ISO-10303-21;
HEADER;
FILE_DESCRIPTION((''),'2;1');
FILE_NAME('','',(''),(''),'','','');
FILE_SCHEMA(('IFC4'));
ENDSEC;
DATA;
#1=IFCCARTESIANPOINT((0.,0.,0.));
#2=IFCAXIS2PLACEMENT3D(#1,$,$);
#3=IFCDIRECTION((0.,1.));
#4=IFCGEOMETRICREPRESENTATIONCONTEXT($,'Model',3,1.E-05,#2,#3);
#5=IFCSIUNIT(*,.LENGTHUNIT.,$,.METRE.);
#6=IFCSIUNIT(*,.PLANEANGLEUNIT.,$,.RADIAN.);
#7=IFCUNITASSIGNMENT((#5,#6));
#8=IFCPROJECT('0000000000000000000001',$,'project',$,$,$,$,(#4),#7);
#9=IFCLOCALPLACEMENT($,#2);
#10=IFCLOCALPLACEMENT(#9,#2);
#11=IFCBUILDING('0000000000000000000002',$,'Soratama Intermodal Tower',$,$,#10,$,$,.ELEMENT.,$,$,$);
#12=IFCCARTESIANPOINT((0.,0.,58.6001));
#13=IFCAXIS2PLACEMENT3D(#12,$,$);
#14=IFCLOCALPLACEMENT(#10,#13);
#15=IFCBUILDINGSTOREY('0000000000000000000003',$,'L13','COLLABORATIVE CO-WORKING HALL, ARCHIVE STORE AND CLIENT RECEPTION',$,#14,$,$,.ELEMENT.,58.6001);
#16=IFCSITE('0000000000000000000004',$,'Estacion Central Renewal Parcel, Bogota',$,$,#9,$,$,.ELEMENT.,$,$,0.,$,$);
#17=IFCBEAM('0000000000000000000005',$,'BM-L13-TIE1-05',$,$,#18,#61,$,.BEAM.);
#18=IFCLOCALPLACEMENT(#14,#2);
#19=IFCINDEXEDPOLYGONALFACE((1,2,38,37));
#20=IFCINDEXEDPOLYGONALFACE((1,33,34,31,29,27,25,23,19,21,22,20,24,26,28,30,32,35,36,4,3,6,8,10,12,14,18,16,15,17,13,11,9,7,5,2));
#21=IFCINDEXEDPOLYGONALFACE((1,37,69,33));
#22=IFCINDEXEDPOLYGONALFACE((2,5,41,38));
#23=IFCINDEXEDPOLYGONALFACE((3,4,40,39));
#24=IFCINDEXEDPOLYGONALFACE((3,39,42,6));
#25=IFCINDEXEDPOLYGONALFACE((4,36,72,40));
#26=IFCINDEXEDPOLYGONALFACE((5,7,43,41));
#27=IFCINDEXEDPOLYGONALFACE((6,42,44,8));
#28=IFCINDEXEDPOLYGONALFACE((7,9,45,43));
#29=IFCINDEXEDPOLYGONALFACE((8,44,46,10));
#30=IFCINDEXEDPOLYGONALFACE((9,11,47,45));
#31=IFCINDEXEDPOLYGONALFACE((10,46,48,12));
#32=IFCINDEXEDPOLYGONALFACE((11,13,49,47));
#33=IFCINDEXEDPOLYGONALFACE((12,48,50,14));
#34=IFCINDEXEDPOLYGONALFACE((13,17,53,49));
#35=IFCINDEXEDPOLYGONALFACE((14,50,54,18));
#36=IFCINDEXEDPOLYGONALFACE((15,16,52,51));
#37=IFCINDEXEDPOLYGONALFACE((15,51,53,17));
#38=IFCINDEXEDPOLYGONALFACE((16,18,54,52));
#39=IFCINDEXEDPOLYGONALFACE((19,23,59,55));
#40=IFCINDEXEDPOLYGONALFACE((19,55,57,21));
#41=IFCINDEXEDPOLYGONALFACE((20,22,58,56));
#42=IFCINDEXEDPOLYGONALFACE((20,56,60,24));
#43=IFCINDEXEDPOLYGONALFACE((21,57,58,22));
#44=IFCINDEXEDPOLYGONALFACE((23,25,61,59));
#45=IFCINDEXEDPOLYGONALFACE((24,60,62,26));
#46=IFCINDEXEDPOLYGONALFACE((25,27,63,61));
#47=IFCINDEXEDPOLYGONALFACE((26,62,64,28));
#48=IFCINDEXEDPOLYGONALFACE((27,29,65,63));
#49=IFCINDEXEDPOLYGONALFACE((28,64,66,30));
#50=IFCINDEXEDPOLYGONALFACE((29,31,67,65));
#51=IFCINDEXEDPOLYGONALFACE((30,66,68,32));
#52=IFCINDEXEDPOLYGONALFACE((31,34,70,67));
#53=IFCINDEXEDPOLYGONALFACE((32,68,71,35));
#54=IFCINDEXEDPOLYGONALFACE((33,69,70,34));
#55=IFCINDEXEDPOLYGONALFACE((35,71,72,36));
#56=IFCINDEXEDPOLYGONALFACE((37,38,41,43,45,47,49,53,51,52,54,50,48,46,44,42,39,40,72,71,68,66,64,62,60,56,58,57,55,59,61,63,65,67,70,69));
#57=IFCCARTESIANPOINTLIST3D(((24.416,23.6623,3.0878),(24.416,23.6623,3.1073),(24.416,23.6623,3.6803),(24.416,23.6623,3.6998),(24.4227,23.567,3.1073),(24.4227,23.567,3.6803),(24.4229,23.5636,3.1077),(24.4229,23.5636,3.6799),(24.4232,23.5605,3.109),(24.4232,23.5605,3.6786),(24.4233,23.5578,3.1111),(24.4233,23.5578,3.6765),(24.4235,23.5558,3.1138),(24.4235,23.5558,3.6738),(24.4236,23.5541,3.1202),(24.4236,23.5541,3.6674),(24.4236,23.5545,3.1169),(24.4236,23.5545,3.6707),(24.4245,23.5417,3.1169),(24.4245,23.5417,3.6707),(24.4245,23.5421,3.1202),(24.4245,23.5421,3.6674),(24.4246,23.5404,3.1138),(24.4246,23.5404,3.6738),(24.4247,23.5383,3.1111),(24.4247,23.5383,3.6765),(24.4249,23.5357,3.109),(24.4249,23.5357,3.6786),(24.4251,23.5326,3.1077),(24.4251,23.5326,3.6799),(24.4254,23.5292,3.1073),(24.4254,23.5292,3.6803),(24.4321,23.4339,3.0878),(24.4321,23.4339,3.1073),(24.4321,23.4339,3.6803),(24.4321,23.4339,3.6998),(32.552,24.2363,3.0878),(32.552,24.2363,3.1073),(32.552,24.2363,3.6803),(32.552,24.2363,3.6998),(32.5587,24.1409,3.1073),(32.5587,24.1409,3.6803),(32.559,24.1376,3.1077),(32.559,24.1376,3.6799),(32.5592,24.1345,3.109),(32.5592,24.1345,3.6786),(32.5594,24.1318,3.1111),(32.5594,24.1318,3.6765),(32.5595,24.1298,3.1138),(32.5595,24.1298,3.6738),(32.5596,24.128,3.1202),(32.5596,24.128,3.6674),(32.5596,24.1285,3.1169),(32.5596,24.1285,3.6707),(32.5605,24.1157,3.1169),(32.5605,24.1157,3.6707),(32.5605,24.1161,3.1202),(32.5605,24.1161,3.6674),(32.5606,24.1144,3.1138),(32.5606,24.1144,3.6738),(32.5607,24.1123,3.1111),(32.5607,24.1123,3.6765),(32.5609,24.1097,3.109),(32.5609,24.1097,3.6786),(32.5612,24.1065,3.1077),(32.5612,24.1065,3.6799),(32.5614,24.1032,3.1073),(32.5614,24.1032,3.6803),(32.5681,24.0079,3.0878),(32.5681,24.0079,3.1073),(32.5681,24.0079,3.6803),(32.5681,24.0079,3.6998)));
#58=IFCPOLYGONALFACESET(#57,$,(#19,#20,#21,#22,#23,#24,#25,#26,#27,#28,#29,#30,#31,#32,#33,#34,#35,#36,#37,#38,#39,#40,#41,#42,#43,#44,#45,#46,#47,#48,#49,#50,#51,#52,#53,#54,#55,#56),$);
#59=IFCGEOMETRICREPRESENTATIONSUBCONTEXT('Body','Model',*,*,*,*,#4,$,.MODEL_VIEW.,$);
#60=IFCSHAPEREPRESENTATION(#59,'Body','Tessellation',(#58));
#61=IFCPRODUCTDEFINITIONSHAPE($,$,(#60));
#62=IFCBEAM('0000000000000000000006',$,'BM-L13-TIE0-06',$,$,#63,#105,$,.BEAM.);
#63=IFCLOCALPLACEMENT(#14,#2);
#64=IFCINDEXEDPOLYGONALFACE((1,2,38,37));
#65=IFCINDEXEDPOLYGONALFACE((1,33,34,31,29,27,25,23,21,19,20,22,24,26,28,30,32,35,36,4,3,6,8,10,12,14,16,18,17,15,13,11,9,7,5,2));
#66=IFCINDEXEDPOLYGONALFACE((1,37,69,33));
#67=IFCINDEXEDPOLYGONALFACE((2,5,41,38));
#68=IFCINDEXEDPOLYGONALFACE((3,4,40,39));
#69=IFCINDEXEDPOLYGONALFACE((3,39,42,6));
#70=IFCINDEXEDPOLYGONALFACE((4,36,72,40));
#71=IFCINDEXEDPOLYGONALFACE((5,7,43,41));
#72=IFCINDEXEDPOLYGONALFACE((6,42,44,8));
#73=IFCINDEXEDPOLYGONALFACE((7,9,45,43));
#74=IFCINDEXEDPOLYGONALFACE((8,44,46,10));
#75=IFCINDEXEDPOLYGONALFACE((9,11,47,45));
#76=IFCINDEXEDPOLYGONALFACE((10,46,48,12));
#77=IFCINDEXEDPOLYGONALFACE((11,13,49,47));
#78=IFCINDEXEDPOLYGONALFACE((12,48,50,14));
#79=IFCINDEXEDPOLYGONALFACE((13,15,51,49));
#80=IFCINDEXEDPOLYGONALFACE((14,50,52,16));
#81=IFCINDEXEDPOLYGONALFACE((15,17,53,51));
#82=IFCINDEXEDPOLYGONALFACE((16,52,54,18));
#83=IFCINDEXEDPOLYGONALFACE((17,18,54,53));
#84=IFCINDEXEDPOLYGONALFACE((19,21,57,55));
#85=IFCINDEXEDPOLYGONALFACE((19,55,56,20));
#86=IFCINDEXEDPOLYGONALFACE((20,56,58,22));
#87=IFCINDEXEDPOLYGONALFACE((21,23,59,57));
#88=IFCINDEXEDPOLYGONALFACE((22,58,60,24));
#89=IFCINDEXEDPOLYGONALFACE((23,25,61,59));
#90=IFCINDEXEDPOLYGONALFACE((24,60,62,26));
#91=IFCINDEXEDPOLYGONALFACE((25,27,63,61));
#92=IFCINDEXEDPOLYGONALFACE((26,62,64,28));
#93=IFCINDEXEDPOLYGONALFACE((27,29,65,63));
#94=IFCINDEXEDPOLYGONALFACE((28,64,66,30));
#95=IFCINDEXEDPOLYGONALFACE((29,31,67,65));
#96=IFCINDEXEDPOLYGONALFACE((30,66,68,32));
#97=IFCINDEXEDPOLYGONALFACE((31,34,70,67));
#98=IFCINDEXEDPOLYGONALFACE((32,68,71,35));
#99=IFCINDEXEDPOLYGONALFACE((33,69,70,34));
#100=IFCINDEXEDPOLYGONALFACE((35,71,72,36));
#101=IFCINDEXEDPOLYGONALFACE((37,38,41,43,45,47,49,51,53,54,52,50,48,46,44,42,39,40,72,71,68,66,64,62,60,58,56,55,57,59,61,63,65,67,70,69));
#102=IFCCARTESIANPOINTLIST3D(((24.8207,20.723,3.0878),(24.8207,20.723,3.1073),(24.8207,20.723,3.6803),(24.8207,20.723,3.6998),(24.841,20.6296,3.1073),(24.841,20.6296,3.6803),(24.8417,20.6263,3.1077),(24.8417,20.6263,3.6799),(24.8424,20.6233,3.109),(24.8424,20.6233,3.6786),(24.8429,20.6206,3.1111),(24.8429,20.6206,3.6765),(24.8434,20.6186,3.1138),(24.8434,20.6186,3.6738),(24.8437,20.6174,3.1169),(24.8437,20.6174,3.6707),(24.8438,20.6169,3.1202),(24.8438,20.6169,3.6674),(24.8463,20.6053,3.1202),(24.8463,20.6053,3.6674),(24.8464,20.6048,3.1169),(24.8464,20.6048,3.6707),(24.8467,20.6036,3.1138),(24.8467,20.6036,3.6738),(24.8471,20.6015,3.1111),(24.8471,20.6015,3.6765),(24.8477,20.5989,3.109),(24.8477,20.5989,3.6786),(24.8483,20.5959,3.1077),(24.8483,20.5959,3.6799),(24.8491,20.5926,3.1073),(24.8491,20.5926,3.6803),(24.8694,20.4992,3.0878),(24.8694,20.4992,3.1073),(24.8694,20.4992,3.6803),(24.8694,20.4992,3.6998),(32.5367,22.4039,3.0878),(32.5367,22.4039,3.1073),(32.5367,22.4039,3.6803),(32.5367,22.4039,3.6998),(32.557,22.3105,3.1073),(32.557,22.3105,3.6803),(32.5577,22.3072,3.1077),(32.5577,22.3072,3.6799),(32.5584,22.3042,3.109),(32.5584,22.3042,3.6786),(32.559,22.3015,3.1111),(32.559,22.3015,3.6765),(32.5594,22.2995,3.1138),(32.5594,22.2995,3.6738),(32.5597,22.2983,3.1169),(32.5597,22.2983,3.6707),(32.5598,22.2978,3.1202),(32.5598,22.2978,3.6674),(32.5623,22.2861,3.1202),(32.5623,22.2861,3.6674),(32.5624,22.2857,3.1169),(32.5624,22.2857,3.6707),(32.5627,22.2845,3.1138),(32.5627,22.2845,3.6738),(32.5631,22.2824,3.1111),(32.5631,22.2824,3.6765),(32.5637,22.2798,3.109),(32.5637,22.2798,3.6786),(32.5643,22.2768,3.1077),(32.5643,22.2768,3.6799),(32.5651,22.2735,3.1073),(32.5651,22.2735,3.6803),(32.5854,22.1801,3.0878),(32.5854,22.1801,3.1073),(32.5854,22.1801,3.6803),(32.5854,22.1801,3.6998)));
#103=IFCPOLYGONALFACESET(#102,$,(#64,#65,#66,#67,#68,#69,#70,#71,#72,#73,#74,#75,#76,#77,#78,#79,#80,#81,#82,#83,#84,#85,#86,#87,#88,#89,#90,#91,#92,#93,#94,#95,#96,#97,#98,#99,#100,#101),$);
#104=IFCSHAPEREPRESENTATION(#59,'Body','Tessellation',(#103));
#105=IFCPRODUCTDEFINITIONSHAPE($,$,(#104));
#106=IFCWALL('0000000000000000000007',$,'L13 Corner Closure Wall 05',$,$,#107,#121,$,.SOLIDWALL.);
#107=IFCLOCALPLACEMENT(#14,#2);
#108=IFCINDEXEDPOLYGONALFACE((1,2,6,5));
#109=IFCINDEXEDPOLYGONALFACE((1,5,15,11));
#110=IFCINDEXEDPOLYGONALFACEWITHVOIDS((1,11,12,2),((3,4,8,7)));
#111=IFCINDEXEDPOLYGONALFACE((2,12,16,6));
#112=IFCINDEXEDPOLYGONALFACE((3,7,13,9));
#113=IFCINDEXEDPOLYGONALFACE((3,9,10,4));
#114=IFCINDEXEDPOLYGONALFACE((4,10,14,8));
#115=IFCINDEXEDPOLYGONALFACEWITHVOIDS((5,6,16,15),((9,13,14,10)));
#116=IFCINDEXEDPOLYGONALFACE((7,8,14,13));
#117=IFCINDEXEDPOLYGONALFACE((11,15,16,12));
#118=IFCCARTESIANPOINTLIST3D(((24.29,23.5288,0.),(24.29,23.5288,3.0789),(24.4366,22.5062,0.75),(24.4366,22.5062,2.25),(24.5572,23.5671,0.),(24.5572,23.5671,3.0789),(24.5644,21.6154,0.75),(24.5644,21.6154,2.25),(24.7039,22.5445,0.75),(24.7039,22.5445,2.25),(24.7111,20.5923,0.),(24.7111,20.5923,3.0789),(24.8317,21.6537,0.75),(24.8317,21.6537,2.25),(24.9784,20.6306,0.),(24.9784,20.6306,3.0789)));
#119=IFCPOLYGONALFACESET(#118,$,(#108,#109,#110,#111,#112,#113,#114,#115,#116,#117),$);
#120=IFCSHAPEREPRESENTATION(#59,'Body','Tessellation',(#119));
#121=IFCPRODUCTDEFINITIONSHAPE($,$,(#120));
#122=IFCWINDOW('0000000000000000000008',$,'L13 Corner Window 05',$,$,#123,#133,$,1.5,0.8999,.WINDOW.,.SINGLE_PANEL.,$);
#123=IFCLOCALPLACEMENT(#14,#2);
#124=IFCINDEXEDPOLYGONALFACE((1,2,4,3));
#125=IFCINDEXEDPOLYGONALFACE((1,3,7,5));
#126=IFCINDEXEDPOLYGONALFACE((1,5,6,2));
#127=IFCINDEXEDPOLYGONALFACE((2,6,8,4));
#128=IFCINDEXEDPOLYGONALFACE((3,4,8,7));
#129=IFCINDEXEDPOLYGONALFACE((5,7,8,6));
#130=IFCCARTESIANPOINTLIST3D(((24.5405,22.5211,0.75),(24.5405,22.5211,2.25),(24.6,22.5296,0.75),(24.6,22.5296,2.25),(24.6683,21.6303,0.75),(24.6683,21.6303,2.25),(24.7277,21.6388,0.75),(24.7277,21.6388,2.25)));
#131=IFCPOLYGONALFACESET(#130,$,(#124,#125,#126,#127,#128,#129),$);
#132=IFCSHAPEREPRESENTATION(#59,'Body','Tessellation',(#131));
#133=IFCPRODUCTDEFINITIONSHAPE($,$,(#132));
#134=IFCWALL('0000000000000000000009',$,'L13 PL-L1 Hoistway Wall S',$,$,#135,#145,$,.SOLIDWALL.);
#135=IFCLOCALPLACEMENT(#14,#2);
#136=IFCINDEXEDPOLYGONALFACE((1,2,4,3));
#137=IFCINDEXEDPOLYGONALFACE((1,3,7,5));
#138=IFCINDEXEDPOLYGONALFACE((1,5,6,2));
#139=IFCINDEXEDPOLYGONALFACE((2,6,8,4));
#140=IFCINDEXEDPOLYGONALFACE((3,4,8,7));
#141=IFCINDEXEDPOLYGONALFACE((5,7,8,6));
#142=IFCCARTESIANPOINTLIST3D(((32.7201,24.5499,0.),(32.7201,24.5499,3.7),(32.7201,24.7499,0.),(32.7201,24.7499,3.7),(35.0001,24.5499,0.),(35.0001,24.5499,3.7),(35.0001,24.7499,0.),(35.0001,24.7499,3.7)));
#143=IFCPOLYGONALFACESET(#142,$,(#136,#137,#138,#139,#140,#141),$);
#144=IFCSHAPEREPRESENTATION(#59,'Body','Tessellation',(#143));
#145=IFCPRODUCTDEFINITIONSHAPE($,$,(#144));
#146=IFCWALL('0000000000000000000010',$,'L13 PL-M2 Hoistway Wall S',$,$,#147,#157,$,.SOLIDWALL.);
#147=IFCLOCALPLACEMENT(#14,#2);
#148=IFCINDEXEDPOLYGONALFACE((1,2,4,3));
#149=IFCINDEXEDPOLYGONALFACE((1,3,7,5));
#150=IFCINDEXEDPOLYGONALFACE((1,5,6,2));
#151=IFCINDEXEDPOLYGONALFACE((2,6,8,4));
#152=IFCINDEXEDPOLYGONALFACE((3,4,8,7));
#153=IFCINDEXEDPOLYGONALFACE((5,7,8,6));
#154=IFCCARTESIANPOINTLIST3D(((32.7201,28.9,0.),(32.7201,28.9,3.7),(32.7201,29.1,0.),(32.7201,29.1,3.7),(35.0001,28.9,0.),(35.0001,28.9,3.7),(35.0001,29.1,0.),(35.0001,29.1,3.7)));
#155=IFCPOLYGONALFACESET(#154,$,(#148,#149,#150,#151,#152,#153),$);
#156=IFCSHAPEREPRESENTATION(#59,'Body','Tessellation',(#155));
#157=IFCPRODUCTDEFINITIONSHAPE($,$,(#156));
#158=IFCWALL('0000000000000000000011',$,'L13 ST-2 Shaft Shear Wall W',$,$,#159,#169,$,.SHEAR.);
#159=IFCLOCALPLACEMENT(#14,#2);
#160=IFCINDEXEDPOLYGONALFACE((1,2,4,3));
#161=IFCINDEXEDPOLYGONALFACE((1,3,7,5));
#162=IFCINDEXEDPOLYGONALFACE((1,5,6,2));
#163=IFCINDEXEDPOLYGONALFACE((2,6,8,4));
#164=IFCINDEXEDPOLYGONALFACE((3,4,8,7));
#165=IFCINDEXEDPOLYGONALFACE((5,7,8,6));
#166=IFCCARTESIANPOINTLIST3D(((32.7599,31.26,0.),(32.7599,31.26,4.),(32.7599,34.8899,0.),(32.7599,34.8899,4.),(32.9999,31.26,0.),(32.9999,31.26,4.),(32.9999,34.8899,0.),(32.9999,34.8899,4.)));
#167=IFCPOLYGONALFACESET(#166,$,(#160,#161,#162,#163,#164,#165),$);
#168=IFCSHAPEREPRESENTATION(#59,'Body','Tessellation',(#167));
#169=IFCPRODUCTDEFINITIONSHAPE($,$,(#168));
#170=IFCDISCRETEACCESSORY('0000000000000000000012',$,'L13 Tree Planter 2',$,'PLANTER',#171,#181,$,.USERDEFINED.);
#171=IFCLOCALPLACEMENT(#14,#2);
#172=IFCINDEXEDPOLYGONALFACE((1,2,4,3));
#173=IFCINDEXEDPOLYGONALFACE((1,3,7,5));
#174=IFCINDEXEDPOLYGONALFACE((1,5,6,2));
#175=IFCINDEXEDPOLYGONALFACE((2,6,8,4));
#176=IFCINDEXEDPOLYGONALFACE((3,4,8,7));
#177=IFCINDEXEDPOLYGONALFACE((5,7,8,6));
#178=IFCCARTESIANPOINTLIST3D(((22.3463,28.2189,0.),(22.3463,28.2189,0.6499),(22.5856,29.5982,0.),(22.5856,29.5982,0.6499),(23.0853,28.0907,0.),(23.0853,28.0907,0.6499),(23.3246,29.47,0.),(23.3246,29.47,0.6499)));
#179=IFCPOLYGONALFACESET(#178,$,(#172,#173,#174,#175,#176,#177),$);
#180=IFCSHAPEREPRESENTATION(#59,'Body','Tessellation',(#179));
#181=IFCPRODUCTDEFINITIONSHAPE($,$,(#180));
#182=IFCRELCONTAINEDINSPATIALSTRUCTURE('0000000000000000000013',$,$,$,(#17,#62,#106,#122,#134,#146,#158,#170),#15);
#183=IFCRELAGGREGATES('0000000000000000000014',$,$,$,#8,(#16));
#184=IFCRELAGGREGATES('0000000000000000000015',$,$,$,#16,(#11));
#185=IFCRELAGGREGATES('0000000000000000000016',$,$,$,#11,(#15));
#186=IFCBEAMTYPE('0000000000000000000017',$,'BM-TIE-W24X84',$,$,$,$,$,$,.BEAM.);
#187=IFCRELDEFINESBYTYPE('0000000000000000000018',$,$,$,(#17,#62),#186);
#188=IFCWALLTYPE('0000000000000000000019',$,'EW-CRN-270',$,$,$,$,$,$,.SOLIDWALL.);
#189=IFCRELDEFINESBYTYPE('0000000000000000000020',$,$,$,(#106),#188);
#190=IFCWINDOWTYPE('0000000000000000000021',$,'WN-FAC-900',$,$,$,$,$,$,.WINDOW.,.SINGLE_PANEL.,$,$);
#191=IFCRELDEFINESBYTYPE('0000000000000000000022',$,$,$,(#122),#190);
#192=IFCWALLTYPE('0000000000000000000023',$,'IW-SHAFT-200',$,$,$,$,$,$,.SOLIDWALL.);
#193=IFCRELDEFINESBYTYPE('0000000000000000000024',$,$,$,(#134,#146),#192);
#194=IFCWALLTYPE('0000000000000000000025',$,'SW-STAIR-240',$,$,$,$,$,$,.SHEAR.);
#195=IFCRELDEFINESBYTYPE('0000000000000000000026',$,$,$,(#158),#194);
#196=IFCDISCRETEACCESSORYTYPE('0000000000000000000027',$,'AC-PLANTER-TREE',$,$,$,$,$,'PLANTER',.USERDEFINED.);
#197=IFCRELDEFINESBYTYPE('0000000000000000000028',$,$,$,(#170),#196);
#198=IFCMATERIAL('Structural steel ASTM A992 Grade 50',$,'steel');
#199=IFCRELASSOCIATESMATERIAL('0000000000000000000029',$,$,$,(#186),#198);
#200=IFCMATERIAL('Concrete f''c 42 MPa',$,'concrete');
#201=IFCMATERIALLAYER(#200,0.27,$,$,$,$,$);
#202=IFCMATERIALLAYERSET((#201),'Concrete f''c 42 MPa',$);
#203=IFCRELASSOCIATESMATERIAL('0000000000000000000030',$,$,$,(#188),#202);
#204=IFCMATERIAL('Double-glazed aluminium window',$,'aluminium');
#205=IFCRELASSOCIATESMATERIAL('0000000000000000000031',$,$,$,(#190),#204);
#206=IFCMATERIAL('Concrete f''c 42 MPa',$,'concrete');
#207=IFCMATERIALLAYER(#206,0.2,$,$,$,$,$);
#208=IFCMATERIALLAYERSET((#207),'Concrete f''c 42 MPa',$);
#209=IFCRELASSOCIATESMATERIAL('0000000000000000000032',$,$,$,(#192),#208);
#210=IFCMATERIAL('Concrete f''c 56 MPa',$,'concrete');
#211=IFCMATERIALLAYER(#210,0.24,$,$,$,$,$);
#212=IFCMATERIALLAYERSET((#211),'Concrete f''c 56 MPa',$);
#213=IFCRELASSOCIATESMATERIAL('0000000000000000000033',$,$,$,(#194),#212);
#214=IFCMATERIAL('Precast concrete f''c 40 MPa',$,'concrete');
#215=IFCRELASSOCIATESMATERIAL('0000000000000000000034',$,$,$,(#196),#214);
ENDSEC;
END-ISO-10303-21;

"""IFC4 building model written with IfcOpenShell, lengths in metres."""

from ifc_helpers import new_model, si_unit, direction, frame, frame_2d, origin, origin_2d, place, context, subcontext, project, spatial, rectangle, i_section, extrude, material, layer, layer_set, material_profile, profile_set, type_object, element, fill, save


model = new_model("IFC4")

# Units and contexts
model_context = context("Model", 3, precision=1e-05, world=origin(), true_north=direction((0.0, 1.0)))
body_context = subcontext(model_context, "Body", "Model", "MODEL_VIEW")
ifc_project = project(units=[si_unit("LENGTHUNIT", "METRE"), si_unit("PLANEANGLEUNIT", "RADIAN")], contexts=[model_context])

# Site, building, storey
site_placement = place(None, origin())
site = spatial("IfcSite", under=ifc_project, at=site_placement, Name="Estacion Central Renewal Parcel, Bogota", CompositionType="ELEMENT", RefElevation=0.0)
building_placement = place(site_placement, origin())
building = spatial("IfcBuilding", under=site, at=building_placement, Name="Soratama Intermodal Tower", CompositionType="ELEMENT")
storey_placement = place(building_placement, frame((0.0, 0.0, 58.6001)))
storey = spatial("IfcBuildingStorey", under=building, at=storey_placement, Name="L13", Description="COLLABORATIVE CO-WORKING HALL, ARCHIVE STORE AND CLIENT RECEPTION", CompositionType="ELEMENT", Elevation=58.6001)

# Beams
ifc_material_1 = material(Name="Structural steel ASTM A992 Grade 50", Category="steel")
ifc_material_profile_1 = material_profile(ifc_material_1, i_section(OverallWidth=0.229, OverallDepth=0.6121, WebThickness=0.012, FlangeThickness=0.0195, FilletRadius=0.0129, at=origin_2d()), Name="W24X84")
ifc_profile_set_1 = profile_set([ifc_material_profile_1], Name="Structural steel ASTM A992 Grade 50")
beam_type_1 = type_object("IfcBeamType", Name="BM-TIE-W24X84", PredefinedType="BEAM", material=ifc_profile_set_1)
beam_1_placement = place(storey_placement, frame((32.5601, 24.1221, 3.3938), z_axis=(-0.997521, -0.070373, 0.0), x_axis=(0.070373, -0.997521, 0.0)))
element("IfcBeam", 1, at=beam_1_placement, inside=storey, type_object=beam_type_1, Name="BM-L13-TIE1-05", PredefinedType="BEAM", context=body_context, shape_type="SweptSolid", body=[
    extrude(i_section(OverallWidth=0.229, OverallDepth=0.6121, WebThickness=0.012, FlangeThickness=0.0195, FilletRadius=0.0129, at=origin_2d()), origin(), (0.0, 0.0, 1.0), 8.1562),
])
beam_2_placement = place(storey_placement, frame((32.561, 22.292, 3.3938), z_axis=(-0.977084, -0.212853, 0.0), x_axis=(0.212853, -0.977084, 0.0)))
element("IfcBeam", 2, at=beam_2_placement, inside=storey, type_object=beam_type_1, Name="BM-L13-TIE0-06", PredefinedType="BEAM", context=body_context, shape_type="SweptSolid", body=[
    extrude(i_section(OverallWidth=0.229, OverallDepth=0.6121, WebThickness=0.012, FlangeThickness=0.0195, FilletRadius=0.0129, at=origin_2d()), origin(), (0.0, 0.0, 1.0), 7.897),
])

# Wall, opening, window
ifc_material_2 = material(Name="Concrete f'c 42 MPa", Category="concrete")
ifc_layer_1 = layer(ifc_material_2, 0.27)
ifc_layer_set_1 = layer_set([ifc_layer_1], Name="Concrete f'c 42 MPa")
wall_type_1 = type_object("IfcWallType", Name="EW-CRN-270", PredefinedType="SOLIDWALL", material=ifc_layer_set_1)
wall_1_placement = place(storey_placement, frame((24.4236, 23.5481, 0.0), z_axis=(0.0, 0.0, 1.0), x_axis=(0.141963, -0.989872, 0.0)))
wall_1 = element("IfcWall", 3, at=wall_1_placement, inside=storey, type_object=wall_type_1, Name="L13 Corner Closure Wall 05", PredefinedType="SOLIDWALL", context=body_context, shape_type="SweptSolid", body=[
    extrude(rectangle(XDim=2.9666, YDim=0.27, at=frame_2d((1.4834, 0.0))), origin(), (0.0, 0.0, 1.0), 3.0789),
])
opening_1_placement = place(wall_1_placement, frame((1.0332, 0.0, 0.75)))
opening_1 = element("IfcOpeningElement", 4, at=opening_1_placement, cuts=wall_1, PredefinedType="OPENING", context=body_context, shape_type="SweptSolid", body=[
    extrude(rectangle(XDim=0.8999, YDim=1.5, at=frame_2d((0.45, 0.75))), frame((0.0, 0.145, 0.0), z_axis=(0.0, -1.0, 0.0), x_axis=(1.0, 0.0, 0.0)), (0.0, 0.0, 1.0), 0.29),
])
ifc_material_3 = material(Name="Double-glazed aluminium window", Category="aluminium")
window_type = type_object("IfcWindowType", Name="WN-FAC-900", PartitioningType="SINGLE_PANEL", PredefinedType="WINDOW", material=ifc_material_3)
window_placement = place(opening_1_placement, origin())
window = element("IfcWindow", 5, at=window_placement, inside=storey, type_object=window_type, Name="L13 Corner Window 05", OverallHeight=1.5, OverallWidth=0.8999, PartitioningType="SINGLE_PANEL", PredefinedType="WINDOW", context=body_context, shape_type="SweptSolid", body=[
    extrude(rectangle(XDim=0.8999, YDim=1.5, at=frame_2d((0.45, 0.75))), frame((0.0, 0.03, 0.0), z_axis=(0.0, -1.0, 0.0), x_axis=(1.0, 0.0, 0.0)), (0.0, 0.0, 1.0), 0.0601),
])
fill(opening_1, window)

# Wall
ifc_material_4 = material(Name="Concrete f'c 42 MPa", Category="concrete")
ifc_layer_2 = layer(ifc_material_4, 0.2)
ifc_layer_set_2 = layer_set([ifc_layer_2], Name="Concrete f'c 42 MPa")
wall_type_2 = type_object("IfcWallType", Name="IW-SHAFT-200", PredefinedType="SOLIDWALL", material=ifc_layer_set_2)
wall_2_placement = place(storey_placement, frame((32.72, 24.6499, 0.0), z_axis=(0.0, 0.0, 1.0), x_axis=(1.0, 0.0, 0.0)))
element("IfcWall", 6, at=wall_2_placement, inside=storey, type_object=wall_type_2, Name="L13 PL-L1 Hoistway Wall S", PredefinedType="SOLIDWALL", context=body_context, shape_type="SweptSolid", body=[
    extrude(rectangle(XDim=2.28, YDim=0.2, at=frame_2d((1.1401, 0.0))), origin(), (0.0, 0.0, 1.0), 3.7),
])

# Walls
wall_3_placement = place(storey_placement, frame((32.72, 29.0, 0.0), z_axis=(0.0, 0.0, 1.0), x_axis=(1.0, 0.0, 0.0)))
element("IfcWall", 7, at=wall_3_placement, inside=storey, type_object=wall_type_2, Name="L13 PL-M2 Hoistway Wall S", PredefinedType="SOLIDWALL", context=body_context, shape_type="SweptSolid", body=[
    extrude(rectangle(XDim=2.28, YDim=0.2, at=frame_2d((1.1401, 0.0))), origin(), (0.0, 0.0, 1.0), 3.7),
])
ifc_material_5 = material(Name="Concrete f'c 56 MPa", Category="concrete")
ifc_layer_3 = layer(ifc_material_5, 0.24)
ifc_layer_set_3 = layer_set([ifc_layer_3], Name="Concrete f'c 56 MPa")
wall_type_3 = type_object("IfcWallType", Name="SW-STAIR-240", PredefinedType="SHEAR", material=ifc_layer_set_3)
wall_4_placement = place(storey_placement, frame((32.8799, 31.26, 0.0), z_axis=(0.0, 0.0, 1.0), x_axis=(0.0, 1.0, 0.0)))
element("IfcWall", 8, at=wall_4_placement, inside=storey, type_object=wall_type_3, Name="L13 ST-2 Shaft Shear Wall W", PredefinedType="SHEAR", context=body_context, shape_type="SweptSolid", body=[
    extrude(rectangle(XDim=3.6299, YDim=0.24, at=frame_2d((1.8149, 0.0))), origin(), (0.0, 0.0, 1.0), 4.0),
])

# Discrete accessory
ifc_material_6 = material(Name="Precast concrete f'c 40 MPa", Category="concrete")
discrete_accessory_type = type_object("IfcDiscreteAccessoryType", Name="AC-PLANTER-TREE", ElementType="PLANTER", PredefinedType="USERDEFINED", material=ifc_material_6)
discrete_accessory_placement = place(storey_placement, frame((22.8354, 28.8445, 0.0), z_axis=(0.0, 0.0, 1.0), x_axis=(-0.985289, 0.170897, 0.0)))
element("IfcDiscreteAccessory", 9, at=discrete_accessory_placement, inside=storey, type_object=discrete_accessory_type, Name="L13 Tree Planter 2", ObjectType="PLANTER", PredefinedType="USERDEFINED", context=body_context, shape_type="SweptSolid", body=[
    extrude(rectangle(XDim=0.75, YDim=1.3999, at=origin_2d()), origin(), (0.0, 0.0, 1.0), 0.6499),
])

save(model, "model.ifc")
